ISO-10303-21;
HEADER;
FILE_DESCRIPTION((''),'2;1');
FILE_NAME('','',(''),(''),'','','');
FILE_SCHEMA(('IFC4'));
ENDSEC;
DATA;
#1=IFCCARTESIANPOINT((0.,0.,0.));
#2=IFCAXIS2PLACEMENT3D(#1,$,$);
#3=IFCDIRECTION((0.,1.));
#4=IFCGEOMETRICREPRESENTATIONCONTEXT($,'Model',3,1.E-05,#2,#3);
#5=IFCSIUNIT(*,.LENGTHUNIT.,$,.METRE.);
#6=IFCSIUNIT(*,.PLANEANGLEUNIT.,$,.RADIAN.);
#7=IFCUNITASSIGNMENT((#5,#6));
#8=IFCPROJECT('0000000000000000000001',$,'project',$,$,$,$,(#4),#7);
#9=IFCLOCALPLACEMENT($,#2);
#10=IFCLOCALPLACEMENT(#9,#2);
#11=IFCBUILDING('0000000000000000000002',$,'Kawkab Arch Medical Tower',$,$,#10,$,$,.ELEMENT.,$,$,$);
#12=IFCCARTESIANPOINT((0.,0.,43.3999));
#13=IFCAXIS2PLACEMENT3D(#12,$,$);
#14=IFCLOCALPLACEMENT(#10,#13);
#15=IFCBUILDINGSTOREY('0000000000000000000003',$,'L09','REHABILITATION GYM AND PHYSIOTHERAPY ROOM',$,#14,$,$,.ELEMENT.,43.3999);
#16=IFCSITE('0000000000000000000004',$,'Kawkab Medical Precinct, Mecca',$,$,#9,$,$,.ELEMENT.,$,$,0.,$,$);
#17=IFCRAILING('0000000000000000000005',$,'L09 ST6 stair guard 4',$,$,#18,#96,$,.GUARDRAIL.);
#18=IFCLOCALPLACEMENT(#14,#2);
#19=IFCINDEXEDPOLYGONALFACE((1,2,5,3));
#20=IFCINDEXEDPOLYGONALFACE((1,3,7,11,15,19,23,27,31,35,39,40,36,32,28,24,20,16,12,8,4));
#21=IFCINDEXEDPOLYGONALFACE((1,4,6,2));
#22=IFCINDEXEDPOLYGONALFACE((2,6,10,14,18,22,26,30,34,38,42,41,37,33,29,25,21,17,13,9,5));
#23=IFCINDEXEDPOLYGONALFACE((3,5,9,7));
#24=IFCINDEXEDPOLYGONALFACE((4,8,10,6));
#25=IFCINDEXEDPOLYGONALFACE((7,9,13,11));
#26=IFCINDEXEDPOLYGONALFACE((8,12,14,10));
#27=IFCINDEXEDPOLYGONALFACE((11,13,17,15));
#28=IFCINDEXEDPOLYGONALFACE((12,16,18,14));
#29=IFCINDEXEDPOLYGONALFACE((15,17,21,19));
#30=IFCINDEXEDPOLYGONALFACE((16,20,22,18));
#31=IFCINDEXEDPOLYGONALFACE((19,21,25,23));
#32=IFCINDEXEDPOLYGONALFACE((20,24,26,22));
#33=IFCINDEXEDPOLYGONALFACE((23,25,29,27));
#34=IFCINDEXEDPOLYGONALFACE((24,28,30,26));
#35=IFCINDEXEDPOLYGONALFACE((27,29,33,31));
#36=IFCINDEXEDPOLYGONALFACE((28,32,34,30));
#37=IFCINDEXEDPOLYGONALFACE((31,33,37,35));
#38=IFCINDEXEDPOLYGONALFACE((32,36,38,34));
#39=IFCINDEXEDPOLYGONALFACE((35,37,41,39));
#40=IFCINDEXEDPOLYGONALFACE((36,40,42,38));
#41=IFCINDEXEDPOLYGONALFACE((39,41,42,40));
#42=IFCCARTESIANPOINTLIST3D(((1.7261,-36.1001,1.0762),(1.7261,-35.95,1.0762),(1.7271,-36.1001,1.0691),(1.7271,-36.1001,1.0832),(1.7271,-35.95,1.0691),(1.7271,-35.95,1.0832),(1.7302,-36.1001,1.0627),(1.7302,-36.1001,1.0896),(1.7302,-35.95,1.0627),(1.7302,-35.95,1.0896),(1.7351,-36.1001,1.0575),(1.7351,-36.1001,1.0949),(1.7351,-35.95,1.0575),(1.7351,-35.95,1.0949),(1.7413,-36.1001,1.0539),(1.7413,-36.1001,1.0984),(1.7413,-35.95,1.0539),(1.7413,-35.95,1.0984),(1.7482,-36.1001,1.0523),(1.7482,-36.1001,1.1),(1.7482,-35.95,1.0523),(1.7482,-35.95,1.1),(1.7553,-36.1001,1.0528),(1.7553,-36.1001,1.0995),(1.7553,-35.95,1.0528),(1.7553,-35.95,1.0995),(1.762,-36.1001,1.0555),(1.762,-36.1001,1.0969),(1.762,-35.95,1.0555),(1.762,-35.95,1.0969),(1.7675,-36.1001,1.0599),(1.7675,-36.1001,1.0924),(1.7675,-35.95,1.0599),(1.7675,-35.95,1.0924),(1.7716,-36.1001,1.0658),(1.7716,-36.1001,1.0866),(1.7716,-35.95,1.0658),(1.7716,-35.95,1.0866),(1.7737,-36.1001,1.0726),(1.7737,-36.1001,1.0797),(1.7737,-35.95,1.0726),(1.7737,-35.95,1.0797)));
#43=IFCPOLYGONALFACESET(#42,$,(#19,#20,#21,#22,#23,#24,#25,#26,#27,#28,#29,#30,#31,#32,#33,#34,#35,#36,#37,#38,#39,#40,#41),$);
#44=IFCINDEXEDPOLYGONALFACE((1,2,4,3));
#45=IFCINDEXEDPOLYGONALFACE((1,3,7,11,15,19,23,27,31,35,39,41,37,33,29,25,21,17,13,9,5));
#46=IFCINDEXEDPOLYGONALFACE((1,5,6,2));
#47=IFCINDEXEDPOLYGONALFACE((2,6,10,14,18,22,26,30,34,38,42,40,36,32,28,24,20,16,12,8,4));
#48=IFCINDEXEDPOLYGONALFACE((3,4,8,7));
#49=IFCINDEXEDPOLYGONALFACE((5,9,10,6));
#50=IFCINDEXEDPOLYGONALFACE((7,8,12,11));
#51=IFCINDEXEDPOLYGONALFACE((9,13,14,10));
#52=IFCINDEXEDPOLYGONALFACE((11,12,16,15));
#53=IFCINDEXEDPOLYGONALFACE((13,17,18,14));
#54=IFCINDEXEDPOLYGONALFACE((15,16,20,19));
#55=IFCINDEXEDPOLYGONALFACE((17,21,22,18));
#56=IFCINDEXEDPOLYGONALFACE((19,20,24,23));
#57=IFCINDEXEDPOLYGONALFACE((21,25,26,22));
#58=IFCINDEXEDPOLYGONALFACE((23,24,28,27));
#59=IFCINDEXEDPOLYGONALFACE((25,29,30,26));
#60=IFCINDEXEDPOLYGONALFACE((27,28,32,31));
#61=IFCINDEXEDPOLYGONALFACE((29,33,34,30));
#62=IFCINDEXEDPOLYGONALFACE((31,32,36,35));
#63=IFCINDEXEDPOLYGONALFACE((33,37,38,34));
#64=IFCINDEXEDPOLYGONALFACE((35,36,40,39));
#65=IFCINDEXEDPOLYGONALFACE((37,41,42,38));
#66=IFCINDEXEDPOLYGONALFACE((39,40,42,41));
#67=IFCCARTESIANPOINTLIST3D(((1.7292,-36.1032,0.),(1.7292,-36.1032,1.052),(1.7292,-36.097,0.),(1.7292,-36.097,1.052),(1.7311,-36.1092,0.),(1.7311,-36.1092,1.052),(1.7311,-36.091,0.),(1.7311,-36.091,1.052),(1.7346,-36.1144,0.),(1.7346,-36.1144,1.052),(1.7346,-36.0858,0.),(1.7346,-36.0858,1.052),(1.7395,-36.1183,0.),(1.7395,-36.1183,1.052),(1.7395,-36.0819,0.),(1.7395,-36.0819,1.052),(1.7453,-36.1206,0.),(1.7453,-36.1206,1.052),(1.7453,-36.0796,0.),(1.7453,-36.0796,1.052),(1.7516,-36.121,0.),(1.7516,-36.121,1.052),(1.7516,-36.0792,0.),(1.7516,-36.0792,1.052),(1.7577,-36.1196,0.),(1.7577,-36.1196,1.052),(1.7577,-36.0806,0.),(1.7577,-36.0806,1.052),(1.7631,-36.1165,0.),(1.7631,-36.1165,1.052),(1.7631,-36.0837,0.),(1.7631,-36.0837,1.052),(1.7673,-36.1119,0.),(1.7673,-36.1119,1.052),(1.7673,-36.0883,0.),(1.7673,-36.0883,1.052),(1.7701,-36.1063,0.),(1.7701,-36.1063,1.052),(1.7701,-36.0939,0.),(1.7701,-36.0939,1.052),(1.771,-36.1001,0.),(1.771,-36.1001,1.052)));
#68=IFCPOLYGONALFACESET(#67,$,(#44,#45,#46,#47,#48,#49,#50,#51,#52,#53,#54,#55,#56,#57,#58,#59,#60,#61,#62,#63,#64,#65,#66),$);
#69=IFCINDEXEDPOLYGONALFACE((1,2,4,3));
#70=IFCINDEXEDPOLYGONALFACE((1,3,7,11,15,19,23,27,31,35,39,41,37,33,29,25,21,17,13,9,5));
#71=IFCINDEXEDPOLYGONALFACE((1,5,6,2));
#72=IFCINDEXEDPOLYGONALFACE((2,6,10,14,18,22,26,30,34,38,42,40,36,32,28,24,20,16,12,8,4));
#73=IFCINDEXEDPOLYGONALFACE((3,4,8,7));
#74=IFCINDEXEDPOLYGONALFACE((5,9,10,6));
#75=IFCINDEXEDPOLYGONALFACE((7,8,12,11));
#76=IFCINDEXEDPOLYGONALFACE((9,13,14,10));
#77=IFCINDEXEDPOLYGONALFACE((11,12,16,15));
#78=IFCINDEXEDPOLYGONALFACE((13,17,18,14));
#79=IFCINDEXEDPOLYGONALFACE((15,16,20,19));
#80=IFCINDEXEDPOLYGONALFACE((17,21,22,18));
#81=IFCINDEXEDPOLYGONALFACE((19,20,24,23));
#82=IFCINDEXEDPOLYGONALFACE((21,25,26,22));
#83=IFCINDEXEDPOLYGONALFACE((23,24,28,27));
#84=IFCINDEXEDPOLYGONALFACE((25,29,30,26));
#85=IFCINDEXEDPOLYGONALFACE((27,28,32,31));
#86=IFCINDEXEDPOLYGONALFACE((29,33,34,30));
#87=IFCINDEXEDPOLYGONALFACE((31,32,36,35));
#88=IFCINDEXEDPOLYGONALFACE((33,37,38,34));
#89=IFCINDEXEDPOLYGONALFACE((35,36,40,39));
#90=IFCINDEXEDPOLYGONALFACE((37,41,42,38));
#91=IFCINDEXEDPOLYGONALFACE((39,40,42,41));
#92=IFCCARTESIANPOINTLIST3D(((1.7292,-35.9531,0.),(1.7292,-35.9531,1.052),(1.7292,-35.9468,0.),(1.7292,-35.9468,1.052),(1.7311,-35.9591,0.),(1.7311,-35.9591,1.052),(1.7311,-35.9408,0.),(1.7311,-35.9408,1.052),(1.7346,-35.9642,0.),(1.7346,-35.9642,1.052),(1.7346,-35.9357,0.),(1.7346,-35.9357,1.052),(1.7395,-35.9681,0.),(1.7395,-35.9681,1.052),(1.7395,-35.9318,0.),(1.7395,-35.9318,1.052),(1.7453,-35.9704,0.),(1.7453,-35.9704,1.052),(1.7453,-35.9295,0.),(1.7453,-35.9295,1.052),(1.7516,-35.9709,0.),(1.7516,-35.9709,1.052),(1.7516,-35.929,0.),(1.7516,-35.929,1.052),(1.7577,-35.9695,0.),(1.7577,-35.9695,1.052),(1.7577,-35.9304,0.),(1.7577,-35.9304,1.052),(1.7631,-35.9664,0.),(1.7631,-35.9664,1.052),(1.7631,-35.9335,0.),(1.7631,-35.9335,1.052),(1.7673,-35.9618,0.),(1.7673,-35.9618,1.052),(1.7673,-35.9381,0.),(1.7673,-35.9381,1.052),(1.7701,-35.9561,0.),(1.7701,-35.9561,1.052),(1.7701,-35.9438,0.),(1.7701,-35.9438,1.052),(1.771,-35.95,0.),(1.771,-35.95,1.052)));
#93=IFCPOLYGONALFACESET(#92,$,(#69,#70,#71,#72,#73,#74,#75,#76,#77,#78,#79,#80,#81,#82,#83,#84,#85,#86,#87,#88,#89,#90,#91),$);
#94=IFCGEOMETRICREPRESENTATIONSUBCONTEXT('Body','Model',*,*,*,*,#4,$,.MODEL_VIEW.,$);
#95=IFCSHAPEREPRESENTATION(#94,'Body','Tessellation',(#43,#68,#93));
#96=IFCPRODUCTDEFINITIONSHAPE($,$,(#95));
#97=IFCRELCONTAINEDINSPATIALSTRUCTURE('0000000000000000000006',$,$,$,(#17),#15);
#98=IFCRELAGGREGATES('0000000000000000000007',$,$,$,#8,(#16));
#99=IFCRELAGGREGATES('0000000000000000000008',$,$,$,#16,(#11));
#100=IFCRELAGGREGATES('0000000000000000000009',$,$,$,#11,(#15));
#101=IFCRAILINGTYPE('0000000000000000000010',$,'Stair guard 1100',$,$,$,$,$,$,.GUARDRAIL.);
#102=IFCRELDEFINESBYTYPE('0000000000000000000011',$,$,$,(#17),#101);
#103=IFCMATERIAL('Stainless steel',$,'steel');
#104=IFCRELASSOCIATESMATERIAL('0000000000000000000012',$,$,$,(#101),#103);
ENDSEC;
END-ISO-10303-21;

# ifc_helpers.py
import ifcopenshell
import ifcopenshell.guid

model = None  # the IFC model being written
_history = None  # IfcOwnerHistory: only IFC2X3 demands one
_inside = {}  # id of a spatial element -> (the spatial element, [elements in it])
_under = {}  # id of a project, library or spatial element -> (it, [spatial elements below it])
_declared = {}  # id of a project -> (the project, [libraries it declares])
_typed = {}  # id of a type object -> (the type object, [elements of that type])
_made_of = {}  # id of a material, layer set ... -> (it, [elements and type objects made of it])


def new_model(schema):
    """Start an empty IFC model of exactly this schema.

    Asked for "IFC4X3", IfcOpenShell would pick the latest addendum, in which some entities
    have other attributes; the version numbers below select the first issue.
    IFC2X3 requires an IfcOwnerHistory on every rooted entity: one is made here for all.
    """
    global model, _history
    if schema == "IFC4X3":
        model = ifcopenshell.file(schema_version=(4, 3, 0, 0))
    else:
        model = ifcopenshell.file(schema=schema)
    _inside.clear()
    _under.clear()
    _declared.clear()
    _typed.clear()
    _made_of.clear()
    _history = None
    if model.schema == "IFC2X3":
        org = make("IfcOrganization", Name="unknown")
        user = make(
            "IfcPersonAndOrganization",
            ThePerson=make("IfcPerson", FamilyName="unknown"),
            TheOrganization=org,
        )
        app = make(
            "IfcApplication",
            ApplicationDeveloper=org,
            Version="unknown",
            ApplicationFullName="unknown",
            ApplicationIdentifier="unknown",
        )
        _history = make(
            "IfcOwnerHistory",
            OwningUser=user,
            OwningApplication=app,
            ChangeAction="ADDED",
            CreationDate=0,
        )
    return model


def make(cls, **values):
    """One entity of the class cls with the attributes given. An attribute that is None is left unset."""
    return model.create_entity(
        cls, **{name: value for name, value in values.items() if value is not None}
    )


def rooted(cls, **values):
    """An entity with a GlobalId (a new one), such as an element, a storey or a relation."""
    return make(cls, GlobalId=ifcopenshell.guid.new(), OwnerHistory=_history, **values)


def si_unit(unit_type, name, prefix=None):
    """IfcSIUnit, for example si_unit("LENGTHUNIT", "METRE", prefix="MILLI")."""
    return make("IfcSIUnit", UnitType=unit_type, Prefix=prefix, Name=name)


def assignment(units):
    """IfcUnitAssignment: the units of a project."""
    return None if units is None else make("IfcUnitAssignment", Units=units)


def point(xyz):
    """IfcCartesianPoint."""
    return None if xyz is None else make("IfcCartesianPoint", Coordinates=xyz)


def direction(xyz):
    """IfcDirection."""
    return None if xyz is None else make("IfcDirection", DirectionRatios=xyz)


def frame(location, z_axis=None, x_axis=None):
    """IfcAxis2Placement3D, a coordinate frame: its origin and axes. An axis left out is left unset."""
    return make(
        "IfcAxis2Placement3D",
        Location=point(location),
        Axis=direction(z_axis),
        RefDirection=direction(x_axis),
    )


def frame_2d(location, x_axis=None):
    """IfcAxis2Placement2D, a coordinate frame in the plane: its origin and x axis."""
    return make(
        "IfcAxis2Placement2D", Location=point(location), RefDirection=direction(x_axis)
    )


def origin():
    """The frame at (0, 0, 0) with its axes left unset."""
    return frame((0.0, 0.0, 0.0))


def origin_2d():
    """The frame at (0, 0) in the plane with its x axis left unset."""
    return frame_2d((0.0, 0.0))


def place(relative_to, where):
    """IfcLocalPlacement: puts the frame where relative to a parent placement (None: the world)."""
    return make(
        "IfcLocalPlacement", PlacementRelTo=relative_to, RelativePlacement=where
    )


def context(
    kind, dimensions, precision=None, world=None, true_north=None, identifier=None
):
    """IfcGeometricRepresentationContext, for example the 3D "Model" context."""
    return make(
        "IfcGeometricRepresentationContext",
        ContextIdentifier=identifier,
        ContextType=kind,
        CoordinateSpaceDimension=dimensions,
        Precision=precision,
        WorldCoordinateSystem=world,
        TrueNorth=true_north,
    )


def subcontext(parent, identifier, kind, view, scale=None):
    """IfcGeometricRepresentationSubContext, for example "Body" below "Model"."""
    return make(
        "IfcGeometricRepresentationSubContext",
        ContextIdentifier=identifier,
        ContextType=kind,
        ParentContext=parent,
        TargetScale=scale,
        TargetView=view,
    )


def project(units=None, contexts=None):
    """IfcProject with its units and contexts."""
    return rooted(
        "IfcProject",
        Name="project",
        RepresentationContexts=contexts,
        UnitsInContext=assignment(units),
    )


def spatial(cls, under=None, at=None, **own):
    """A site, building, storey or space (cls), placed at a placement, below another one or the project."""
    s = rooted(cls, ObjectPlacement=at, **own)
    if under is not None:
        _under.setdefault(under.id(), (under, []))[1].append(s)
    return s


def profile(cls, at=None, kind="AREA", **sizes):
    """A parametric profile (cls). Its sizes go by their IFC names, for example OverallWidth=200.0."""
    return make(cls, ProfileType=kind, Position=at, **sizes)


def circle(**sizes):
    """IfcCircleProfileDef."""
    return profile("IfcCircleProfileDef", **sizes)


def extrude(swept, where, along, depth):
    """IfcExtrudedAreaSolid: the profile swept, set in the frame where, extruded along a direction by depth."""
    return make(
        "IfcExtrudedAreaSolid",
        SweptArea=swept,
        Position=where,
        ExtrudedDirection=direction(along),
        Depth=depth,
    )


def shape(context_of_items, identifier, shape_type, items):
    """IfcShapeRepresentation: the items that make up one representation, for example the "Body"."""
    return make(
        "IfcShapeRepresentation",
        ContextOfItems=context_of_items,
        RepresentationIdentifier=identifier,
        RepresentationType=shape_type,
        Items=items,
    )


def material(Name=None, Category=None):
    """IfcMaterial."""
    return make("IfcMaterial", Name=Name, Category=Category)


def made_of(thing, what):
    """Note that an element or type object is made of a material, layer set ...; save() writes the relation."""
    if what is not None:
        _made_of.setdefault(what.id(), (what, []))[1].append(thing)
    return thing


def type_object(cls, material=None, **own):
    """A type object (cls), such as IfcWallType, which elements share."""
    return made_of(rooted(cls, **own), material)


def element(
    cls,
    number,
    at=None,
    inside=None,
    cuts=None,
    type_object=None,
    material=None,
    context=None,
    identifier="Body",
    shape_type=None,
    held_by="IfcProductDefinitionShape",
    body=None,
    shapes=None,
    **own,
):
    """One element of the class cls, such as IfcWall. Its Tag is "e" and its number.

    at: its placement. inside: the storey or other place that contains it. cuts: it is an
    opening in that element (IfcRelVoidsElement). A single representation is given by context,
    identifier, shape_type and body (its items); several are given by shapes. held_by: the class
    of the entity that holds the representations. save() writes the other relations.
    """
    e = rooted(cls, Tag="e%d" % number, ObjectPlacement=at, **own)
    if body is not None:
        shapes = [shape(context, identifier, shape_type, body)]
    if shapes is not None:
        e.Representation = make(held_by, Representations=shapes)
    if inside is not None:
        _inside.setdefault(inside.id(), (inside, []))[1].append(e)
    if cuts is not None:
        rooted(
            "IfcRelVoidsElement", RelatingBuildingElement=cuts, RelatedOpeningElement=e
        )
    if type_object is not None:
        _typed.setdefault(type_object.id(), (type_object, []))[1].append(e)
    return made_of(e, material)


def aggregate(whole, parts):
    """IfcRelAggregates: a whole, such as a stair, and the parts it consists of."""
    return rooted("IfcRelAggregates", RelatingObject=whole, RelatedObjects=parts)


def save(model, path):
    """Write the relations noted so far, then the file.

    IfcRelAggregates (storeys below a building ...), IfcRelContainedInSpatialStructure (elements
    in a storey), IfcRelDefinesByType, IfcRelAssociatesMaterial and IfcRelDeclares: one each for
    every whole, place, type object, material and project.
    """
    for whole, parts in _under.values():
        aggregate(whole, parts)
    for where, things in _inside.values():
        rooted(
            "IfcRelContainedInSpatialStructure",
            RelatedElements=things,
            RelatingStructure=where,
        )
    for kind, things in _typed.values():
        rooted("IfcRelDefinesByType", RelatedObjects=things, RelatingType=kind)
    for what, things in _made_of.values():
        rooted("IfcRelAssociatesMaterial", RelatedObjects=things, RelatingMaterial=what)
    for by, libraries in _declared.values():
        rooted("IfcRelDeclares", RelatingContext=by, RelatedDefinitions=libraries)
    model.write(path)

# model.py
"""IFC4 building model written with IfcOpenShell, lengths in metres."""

from ifc_helpers import new_model, si_unit, direction, frame, origin, origin_2d, place, context, subcontext, project, spatial, circle, extrude, material, type_object, element, save


model = new_model("IFC4")

# Units and contexts
model_context = context("Model", 3, precision=1e-05, world=origin(), true_north=direction((0.0, 1.0)))
body_context = subcontext(model_context, "Body", "Model", "MODEL_VIEW")
ifc_project = project(units=[si_unit("LENGTHUNIT", "METRE"), si_unit("PLANEANGLEUNIT", "RADIAN")], contexts=[model_context])

# Site, building, storey
site_placement = place(None, origin())
site = spatial("IfcSite", under=ifc_project, at=site_placement, Name="Kawkab Medical Precinct, Mecca", CompositionType="ELEMENT", RefElevation=0.0)
building_placement = place(site_placement, origin())
building = spatial("IfcBuilding", under=site, at=building_placement, Name="Kawkab Arch Medical Tower", CompositionType="ELEMENT")
storey_placement = place(building_placement, frame((0.0, 0.0, 43.3999)))
storey = spatial("IfcBuildingStorey", under=building, at=storey_placement, Name="L09", Description="REHABILITATION GYM AND PHYSIOTHERAPY ROOM", CompositionType="ELEMENT", Elevation=43.3999)

# Railing
ifc_material_1 = material(Name="Stainless steel", Category="steel")
railing_type_1 = type_object("IfcRailingType", Name="Stair guard 1100", PredefinedType="GUARDRAIL", material=ifc_material_1)
railing_1_placement = place(storey_placement, frame((1.75, -36.1001, 0.0)))
element("IfcRailing", 1, at=railing_1_placement, inside=storey, type_object=railing_type_1, Name="L09 ST6 stair guard 4", PredefinedType="GUARDRAIL", context=body_context, shape_type="SweptSolid", body=[
    extrude(circle(Radius=0.0239, at=origin_2d()), frame((0.0, 0.0, 1.0762), z_axis=(0.0, 1.0, 0.0), x_axis=(-1.0, 0.0, 0.0)), (0.0, 0.0, 1.0), 0.1501),
    extrude(circle(Radius=0.021, at=origin_2d()), origin(), (0.0, 0.0, 1.0), 1.052),
    extrude(circle(Radius=0.021, at=origin_2d()), frame((0.0, 0.1501, 0.0)), (0.0, 0.0, 1.0), 1.052),
])

save(model, "model.ifc")
